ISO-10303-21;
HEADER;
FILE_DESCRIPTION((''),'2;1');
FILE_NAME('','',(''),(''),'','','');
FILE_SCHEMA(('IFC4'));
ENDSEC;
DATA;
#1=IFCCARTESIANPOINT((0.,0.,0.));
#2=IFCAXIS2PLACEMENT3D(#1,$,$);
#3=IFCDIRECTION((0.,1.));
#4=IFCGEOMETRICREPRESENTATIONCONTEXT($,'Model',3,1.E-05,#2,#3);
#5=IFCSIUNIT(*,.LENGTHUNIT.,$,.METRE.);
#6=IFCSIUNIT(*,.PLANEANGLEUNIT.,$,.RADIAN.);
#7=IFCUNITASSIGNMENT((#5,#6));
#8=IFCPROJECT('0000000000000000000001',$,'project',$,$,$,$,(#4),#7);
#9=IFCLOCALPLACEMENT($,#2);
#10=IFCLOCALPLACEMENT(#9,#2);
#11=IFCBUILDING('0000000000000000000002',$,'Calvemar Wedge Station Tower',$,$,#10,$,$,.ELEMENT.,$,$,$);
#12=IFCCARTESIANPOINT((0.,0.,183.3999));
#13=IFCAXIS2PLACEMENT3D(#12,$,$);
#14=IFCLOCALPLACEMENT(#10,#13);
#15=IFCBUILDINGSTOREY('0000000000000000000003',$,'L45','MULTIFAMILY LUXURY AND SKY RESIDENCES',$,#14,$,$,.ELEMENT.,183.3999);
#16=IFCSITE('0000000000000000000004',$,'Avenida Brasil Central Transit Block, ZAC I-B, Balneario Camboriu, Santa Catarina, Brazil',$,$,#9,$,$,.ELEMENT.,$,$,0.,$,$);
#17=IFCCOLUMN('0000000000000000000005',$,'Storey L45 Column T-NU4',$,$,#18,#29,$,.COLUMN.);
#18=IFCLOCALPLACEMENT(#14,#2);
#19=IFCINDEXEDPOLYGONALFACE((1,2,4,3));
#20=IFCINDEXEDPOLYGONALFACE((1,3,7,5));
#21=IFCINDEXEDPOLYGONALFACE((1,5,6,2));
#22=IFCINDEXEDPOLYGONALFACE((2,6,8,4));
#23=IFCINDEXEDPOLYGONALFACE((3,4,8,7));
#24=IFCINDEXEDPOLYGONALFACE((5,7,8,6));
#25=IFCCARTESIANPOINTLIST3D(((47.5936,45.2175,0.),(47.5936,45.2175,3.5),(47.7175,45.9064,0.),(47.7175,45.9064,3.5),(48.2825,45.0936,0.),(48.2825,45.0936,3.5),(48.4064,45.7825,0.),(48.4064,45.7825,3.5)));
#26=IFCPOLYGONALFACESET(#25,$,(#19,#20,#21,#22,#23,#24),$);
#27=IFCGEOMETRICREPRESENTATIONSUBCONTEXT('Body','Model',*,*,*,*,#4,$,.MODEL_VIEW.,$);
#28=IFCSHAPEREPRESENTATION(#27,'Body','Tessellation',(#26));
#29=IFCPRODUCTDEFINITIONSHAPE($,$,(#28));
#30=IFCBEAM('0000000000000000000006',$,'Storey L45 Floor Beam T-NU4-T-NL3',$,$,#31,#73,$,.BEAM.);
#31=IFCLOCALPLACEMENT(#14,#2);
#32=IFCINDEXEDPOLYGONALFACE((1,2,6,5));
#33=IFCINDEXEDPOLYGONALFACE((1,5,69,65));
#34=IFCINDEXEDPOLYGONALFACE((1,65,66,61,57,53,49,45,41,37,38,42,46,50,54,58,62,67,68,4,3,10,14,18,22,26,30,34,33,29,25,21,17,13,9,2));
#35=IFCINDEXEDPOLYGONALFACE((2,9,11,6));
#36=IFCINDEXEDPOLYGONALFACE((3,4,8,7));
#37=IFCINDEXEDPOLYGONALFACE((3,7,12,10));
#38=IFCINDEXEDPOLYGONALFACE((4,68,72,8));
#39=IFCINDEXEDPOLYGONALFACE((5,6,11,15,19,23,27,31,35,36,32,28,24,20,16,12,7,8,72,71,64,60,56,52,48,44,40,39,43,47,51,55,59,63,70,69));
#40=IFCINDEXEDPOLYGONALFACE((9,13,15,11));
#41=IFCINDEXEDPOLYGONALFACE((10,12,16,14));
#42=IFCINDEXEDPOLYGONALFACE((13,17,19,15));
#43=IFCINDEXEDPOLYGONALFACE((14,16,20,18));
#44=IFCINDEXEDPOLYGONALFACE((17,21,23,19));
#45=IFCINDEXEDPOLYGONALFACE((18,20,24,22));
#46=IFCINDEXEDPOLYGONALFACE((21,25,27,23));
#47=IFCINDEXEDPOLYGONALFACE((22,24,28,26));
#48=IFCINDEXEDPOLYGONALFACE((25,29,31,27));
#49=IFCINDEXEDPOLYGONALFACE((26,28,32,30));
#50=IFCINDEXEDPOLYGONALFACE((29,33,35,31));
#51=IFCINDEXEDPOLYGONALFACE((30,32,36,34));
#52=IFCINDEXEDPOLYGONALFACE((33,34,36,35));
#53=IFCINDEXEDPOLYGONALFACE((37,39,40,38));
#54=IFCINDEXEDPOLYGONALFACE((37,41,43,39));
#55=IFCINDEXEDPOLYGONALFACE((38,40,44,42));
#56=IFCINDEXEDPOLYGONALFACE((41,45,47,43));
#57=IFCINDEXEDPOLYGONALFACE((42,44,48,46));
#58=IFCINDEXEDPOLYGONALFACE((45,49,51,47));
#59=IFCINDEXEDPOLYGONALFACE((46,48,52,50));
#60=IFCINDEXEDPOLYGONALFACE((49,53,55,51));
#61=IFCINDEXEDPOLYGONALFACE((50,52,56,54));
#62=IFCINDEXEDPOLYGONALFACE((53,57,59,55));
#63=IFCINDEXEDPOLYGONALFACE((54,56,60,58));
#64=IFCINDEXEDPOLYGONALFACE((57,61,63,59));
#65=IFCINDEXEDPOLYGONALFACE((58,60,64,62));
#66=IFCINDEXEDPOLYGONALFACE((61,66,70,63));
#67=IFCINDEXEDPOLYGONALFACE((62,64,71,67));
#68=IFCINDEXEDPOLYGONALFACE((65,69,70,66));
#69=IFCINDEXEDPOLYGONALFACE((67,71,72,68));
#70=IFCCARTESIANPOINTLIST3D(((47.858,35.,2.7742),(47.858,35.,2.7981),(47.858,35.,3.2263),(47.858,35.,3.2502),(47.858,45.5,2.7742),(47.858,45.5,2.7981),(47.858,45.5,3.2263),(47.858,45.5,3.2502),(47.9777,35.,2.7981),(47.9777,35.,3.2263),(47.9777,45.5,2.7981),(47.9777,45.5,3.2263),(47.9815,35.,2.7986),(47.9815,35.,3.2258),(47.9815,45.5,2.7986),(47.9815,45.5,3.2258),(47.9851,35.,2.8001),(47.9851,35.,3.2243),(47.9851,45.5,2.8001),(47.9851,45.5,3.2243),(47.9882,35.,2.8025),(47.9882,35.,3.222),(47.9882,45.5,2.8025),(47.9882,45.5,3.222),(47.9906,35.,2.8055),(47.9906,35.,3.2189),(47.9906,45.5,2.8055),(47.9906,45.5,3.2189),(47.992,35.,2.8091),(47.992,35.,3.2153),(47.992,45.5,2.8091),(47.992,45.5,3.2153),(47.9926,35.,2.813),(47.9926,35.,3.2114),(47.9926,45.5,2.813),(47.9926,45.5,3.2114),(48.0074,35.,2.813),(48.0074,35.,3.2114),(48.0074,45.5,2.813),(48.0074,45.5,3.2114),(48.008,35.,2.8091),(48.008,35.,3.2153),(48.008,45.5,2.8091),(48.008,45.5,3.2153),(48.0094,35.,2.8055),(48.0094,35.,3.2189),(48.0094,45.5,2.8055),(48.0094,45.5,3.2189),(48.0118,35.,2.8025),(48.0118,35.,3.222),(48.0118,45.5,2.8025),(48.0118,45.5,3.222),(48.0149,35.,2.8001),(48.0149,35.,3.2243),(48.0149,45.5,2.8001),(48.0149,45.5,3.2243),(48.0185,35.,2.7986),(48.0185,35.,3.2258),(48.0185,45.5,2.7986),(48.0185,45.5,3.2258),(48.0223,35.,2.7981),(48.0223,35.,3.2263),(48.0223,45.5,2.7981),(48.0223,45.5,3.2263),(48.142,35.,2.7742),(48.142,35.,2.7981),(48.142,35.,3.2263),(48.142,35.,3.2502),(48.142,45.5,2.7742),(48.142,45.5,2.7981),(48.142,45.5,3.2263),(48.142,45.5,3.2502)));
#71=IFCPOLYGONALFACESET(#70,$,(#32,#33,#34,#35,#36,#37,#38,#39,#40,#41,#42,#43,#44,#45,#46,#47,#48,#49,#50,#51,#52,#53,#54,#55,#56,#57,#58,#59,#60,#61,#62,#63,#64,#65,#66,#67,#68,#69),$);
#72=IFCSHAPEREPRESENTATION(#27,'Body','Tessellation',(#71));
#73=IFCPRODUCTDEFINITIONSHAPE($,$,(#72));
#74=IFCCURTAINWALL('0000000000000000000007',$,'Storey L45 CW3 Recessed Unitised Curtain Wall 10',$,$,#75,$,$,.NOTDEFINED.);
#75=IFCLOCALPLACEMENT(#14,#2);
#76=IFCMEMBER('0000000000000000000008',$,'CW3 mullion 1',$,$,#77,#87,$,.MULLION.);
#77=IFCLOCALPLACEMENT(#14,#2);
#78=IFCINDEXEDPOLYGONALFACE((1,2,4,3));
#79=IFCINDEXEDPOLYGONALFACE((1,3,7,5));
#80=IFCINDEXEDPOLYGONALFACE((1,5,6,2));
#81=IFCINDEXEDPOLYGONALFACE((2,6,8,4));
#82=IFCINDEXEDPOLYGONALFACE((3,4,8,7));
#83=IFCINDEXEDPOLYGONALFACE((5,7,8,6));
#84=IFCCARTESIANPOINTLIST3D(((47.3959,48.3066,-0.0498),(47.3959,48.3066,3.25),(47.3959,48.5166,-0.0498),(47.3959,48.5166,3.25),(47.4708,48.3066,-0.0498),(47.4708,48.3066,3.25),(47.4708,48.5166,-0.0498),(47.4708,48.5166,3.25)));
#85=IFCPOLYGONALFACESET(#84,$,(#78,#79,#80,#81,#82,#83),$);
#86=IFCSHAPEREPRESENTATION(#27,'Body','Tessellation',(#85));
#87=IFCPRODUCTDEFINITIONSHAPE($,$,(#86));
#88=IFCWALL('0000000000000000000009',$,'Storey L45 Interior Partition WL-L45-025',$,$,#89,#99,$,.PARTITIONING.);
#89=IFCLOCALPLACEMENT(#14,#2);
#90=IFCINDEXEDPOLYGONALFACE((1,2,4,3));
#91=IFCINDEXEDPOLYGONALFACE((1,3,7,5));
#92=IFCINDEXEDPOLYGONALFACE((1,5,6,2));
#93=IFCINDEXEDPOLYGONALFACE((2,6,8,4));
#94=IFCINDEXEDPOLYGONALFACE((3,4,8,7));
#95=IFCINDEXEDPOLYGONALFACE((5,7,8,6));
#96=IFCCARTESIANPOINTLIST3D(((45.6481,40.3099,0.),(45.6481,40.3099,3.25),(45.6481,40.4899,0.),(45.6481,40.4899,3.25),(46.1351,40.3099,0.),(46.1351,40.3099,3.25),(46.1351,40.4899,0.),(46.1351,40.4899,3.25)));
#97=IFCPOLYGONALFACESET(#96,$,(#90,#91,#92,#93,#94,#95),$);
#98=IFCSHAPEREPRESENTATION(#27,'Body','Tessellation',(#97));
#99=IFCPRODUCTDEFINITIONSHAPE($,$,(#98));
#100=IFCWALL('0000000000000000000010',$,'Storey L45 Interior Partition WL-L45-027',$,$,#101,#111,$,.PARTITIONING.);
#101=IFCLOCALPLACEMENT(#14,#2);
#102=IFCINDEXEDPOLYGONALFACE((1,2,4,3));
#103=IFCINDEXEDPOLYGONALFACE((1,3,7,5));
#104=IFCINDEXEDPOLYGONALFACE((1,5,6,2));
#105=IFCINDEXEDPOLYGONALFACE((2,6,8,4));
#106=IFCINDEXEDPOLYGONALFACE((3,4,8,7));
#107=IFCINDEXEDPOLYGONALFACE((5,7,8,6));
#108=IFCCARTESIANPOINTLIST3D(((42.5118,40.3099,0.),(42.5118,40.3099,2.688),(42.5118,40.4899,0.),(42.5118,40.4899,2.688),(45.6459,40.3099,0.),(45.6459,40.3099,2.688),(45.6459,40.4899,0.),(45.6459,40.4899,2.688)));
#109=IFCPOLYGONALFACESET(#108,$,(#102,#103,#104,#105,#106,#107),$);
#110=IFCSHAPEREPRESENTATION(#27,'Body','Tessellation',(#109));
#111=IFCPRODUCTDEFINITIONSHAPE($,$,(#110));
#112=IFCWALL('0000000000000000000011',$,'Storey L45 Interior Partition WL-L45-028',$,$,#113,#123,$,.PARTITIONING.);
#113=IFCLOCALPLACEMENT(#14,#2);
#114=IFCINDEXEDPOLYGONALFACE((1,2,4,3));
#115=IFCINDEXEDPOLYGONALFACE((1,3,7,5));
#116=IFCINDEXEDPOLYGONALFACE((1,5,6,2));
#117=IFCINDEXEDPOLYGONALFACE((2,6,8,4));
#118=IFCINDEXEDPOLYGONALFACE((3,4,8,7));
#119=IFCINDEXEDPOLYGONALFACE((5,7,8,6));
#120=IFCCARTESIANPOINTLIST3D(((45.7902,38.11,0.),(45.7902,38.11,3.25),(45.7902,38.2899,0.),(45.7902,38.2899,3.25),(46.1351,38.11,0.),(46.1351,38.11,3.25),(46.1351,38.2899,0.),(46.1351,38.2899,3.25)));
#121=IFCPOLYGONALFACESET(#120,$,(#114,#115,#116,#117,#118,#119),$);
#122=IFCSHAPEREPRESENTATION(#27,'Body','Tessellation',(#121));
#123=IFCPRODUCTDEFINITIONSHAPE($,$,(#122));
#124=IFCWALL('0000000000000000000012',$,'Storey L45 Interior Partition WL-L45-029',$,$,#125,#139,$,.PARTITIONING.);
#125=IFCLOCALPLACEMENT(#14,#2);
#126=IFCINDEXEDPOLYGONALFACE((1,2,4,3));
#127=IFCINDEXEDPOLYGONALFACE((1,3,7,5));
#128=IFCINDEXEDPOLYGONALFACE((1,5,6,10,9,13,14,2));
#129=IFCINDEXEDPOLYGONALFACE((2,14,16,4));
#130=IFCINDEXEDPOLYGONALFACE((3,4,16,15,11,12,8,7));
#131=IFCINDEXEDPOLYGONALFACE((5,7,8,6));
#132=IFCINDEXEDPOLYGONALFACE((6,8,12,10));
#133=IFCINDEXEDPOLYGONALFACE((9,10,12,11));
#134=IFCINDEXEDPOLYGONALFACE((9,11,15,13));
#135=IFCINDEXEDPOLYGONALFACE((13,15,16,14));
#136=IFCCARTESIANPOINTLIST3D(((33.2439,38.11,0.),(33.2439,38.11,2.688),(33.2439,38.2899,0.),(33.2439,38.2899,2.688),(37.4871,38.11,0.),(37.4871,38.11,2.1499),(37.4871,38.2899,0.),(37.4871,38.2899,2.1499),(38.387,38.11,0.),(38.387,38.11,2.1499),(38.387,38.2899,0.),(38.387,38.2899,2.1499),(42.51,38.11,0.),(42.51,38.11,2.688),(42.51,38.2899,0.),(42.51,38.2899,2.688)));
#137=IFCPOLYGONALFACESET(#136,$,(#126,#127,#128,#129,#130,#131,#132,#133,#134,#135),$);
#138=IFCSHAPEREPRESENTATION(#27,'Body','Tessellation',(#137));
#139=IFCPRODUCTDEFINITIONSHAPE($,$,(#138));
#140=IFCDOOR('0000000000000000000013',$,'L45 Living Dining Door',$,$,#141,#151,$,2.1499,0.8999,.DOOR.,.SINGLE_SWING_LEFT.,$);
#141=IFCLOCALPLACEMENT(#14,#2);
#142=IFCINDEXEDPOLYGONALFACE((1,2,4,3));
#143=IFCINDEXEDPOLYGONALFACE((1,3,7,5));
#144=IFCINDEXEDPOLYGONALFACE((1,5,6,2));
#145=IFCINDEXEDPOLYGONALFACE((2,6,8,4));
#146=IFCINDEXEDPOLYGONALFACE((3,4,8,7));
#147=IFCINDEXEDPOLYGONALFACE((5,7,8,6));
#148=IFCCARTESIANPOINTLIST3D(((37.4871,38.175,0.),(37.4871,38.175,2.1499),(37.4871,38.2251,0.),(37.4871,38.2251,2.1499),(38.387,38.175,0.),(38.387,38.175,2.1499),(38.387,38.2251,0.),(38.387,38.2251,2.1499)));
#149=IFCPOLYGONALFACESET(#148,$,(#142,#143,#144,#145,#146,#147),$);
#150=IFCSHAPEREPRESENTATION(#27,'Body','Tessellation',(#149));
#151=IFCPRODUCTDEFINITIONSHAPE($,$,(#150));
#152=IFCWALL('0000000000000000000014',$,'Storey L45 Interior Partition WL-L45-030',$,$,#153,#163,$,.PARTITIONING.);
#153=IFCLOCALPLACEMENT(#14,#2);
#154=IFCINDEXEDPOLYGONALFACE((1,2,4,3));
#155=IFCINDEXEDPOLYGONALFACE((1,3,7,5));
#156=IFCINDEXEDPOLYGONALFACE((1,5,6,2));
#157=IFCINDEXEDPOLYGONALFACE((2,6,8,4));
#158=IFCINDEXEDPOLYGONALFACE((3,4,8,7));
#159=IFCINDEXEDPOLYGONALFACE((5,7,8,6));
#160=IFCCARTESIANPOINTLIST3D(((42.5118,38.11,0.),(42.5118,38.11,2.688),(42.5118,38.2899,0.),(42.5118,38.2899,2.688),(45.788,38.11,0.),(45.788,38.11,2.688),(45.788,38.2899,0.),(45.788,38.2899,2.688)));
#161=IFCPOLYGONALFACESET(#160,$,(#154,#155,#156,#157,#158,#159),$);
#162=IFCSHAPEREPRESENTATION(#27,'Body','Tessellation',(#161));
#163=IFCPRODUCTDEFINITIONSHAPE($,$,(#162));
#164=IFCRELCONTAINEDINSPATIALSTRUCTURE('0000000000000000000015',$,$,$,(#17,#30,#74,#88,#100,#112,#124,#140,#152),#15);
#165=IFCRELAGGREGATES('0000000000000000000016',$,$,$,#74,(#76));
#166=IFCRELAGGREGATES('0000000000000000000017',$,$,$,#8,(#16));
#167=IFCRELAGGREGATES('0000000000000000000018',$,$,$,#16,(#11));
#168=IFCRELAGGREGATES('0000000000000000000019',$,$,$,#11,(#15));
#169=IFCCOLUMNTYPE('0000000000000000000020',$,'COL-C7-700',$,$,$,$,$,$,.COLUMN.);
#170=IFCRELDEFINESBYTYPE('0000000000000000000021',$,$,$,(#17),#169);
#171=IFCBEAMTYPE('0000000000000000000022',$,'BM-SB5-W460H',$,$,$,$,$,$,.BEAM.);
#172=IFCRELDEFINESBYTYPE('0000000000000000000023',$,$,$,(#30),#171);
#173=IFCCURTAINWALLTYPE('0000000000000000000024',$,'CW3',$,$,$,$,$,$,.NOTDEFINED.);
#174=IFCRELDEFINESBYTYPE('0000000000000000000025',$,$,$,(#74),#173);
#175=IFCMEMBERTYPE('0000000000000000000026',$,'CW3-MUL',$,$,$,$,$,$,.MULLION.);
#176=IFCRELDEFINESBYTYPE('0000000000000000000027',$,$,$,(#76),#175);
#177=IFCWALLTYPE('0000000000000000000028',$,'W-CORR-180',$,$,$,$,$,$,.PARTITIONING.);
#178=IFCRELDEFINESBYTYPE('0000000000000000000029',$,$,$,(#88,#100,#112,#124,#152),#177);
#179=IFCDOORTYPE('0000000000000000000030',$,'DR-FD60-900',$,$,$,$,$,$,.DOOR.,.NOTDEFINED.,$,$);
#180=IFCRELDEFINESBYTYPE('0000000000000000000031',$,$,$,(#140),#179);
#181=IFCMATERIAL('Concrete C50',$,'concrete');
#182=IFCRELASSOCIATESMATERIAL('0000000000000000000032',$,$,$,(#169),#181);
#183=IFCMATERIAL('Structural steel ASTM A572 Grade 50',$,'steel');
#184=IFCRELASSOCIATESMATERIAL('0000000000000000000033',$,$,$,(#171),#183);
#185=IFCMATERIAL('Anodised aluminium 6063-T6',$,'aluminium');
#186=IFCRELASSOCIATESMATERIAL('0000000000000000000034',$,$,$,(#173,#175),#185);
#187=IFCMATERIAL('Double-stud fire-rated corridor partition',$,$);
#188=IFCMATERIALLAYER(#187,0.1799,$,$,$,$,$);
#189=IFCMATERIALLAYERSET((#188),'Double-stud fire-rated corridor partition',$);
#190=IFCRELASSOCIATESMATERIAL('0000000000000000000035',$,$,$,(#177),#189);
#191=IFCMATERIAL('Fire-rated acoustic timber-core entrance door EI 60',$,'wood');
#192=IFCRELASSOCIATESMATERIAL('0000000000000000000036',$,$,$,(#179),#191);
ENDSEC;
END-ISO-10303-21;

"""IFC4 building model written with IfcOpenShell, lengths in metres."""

from ifc_helpers import new_model, si_unit, direction, frame, frame_2d, origin, origin_2d, place, context, subcontext, project, spatial, rectangle, i_section, extrude, source, transform, mapped, material, layer, layer_set, material_profile, profile_set, type_object, element, fill, aggregate, save


model = new_model("IFC4")

# Units and contexts
model_context = context("Model", 3, precision=1e-05, world=origin(), true_north=direction((0.0, 1.0)))
body_context = subcontext(model_context, "Body", "Model", "MODEL_VIEW")
ifc_project = project(units=[si_unit("LENGTHUNIT", "METRE"), si_unit("PLANEANGLEUNIT", "RADIAN")], contexts=[model_context])

# Site, building, storey
site_placement = place(None, origin())
site = spatial("IfcSite", under=ifc_project, at=site_placement, Name="Avenida Brasil Central Transit Block, ZAC I-B, Balneario Camboriu, Santa Catarina, Brazil", CompositionType="ELEMENT", RefElevation=0.0)
building_placement = place(site_placement, origin())
building = spatial("IfcBuilding", under=site, at=building_placement, Name="Calvemar Wedge Station Tower", CompositionType="ELEMENT")
storey_placement = place(building_placement, frame((0.0, 0.0, 183.3999)))
storey = spatial("IfcBuildingStorey", under=building, at=storey_placement, Name="L45", Description="MULTIFAMILY LUXURY AND SKY RESIDENCES", CompositionType="ELEMENT", Elevation=183.3999)

# Column
ifc_material_1 = material(Name="Concrete C50", Category="concrete")
ifc_material_profile_1 = material_profile(ifc_material_1, rectangle(XDim=0.7, YDim=0.7, at=origin_2d()), Name="RC700x700")
ifc_profile_set_1 = profile_set([ifc_material_profile_1], Name="Concrete C50")
column_type = type_object("IfcColumnType", Name="COL-C7-700", PredefinedType="COLUMN", material=ifc_profile_set_1)
shared_shape_1 = source(origin(), body_context, "Body", "SweptSolid", [
    extrude(rectangle(XDim=0.7, YDim=0.7, at=origin_2d()), origin(), (0.0, 0.0, 1.0), 3.5),
])
column_placement = place(storey_placement, frame((48.0, 45.5, 0.0), z_axis=(0.0, 0.0, 1.0), x_axis=(0.984196, -0.177085, 0.0)))
element("IfcColumn", 1, at=column_placement, inside=storey, type_object=column_type, Name="Storey L45 Column T-NU4", PredefinedType="COLUMN", context=body_context, shape_type="MappedRepresentation", body=[
    mapped(shared_shape_1, transform((0.0, 0.0, 0.0), scale=1.0)),
])

# Beam
ifc_material_2 = material(Name="Structural steel ASTM A572 Grade 50", Category="steel")
ifc_material_profile_2 = material_profile(ifc_material_2, i_section(OverallWidth=0.2839, OverallDepth=0.4761, WebThickness=0.0149, FlangeThickness=0.0239, FilletRadius=0.0149, at=origin_2d()), Name="W460x158")
ifc_profile_set_2 = profile_set([ifc_material_profile_2], Name="Structural steel ASTM A572 Grade 50")
beam_type = type_object("IfcBeamType", Name="BM-SB5-W460H", PredefinedType="BEAM", material=ifc_profile_set_2)
shared_shape_2 = source(origin(), body_context, "Body", "SweptSolid", [
    extrude(i_section(OverallWidth=0.2839, OverallDepth=0.4761, WebThickness=0.0149, FlangeThickness=0.0239, FilletRadius=0.0149, at=origin_2d()), origin(), (0.0, 0.0, 1.0), 10.5),
])
beam_placement = place(storey_placement, frame((48.0, 45.5, 3.0122), z_axis=(0.0, -1.0, 0.0), x_axis=(1.0, 0.0, 0.0)))
element("IfcBeam", 2, at=beam_placement, inside=storey, type_object=beam_type, Name="Storey L45 Floor Beam T-NU4-T-NL3", PredefinedType="BEAM", context=body_context, shape_type="MappedRepresentation", body=[
    mapped(shared_shape_2, transform((0.0, 0.0, 0.0), scale=1.0)),
])

# Curtain wall, member
ifc_material_3 = material(Name="Anodised aluminium 6063-T6", Category="aluminium")
curtain_wall_type = type_object("IfcCurtainWallType", Name="CW3", PredefinedType="NOTDEFINED", material=ifc_material_3)
curtain_wall_placement = place(storey_placement, origin())
curtain_wall = element("IfcCurtainWall", 3, at=curtain_wall_placement, inside=storey, type_object=curtain_wall_type, Name="Storey L45 CW3 Recessed Unitised Curtain Wall 10", PredefinedType="NOTDEFINED")
ifc_material_profile_3 = material_profile(ifc_material_3, rectangle(XDim=0.075, YDim=0.21, at=origin_2d()), Name="AL-MUL-75x210")
ifc_profile_set_3 = profile_set([ifc_material_profile_3], Name="Anodised aluminium 6063-T6")
member_type = type_object("IfcMemberType", Name="CW3-MUL", PredefinedType="MULLION", material=ifc_profile_set_3)
shared_shape_3 = source(origin(), body_context, "Body", "SweptSolid", [
    extrude(rectangle(XDim=0.075, YDim=0.21, at=origin_2d()), origin(), (0.0, 0.0, 1.0), 3.2998),
])
member_placement = place(storey_placement, frame((47.4333, 48.4116, -0.0498), z_axis=(0.0, 0.0, 1.0), x_axis=(1.0, 0.0, 0.0)))
member = element("IfcMember", 4, at=member_placement, type_object=member_type, Name="CW3 mullion 1", PredefinedType="MULLION", context=body_context, shape_type="MappedRepresentation", body=[
    mapped(shared_shape_3, transform((0.0, 0.0, 0.0), scale=1.0)),
])
aggregate(curtain_wall, [member])

# Walls
ifc_material_4 = material(Name="Double-stud fire-rated corridor partition")
ifc_layer_1 = layer(ifc_material_4, 0.1799)
ifc_layer_set_1 = layer_set([ifc_layer_1], Name="Double-stud fire-rated corridor partition")
wall_type_1 = type_object("IfcWallType", Name="W-CORR-180", PredefinedType="PARTITIONING", material=ifc_layer_set_1)
wall_1_placement = place(storey_placement, frame((45.6479, 40.3999, 0.0), z_axis=(0.0, 0.0, 1.0), x_axis=(1.0, 0.0, 0.0)))
element("IfcWall", 5, at=wall_1_placement, inside=storey, type_object=wall_type_1, Name="Storey L45 Interior Partition WL-L45-025", PredefinedType="PARTITIONING", context=body_context, shape_type="SweptSolid", body=[
    extrude(rectangle(XDim=0.4871, YDim=0.1799, at=frame_2d((0.2437, 0.0))), origin(), (0.0, 0.0, 1.0), 3.25),
])
wall_2_placement = place(storey_placement, frame((42.512, 40.3999, 0.0), z_axis=(0.0, 0.0, 1.0), x_axis=(1.0, 0.0, 0.0)))
element("IfcWall", 6, at=wall_2_placement, inside=storey, type_object=wall_type_1, Name="Storey L45 Interior Partition WL-L45-027", PredefinedType="PARTITIONING", context=body_context, shape_type="SweptSolid", body=[
    extrude(rectangle(XDim=3.134, YDim=0.1799, at=frame_2d((1.5669, 0.0))), origin(), (0.0, 0.0, 1.0), 2.688),
])
wall_3_placement = place(storey_placement, frame((46.135, 38.2, 0.0), z_axis=(0.0, 0.0, 1.0), x_axis=(-1.0, 0.0, 0.0)))
element("IfcWall", 7, at=wall_3_placement, inside=storey, type_object=wall_type_1, Name="Storey L45 Interior Partition WL-L45-028", PredefinedType="PARTITIONING", context=body_context, shape_type="SweptSolid", body=[
    extrude(rectangle(XDim=0.345, YDim=0.1799, at=frame_2d((0.1724, 0.0))), origin(), (0.0, 0.0, 1.0), 3.25),
])

# Wall, opening, door
wall_4_placement = place(storey_placement, frame((42.51, 38.2, 0.0), z_axis=(0.0, 0.0, 1.0), x_axis=(-1.0, 0.0, 0.0)))
wall_4 = element("IfcWall", 8, at=wall_4_placement, inside=storey, type_object=wall_type_1, Name="Storey L45 Interior Partition WL-L45-029", PredefinedType="PARTITIONING", context=body_context, shape_type="SweptSolid", body=[
    extrude(rectangle(XDim=9.2661, YDim=0.1799, at=frame_2d((4.6331, 0.0))), origin(), (0.0, 0.0, 1.0), 2.688),
])
shared_shape_4 = source(origin(), body_context, "Body", "SweptSolid", [
    extrude(rectangle(XDim=0.8999, YDim=2.1499, at=frame_2d((0.45, 1.075))), frame((0.0, 0.1001, 0.0), z_axis=(0.0, -1.0, 0.0), x_axis=(1.0, 0.0, 0.0)), (0.0, 0.0, 1.0), 0.2),
])
opening_1_placement = place(wall_4_placement, frame((4.123, 0.0, 0.0)))
opening_1 = element("IfcOpeningElement", 9, at=opening_1_placement, cuts=wall_4, PredefinedType="OPENING", context=body_context, shape_type="MappedRepresentation", body=[
    mapped(shared_shape_4, transform((0.0, 0.0, 0.0), scale=1.0)),
])
ifc_material_5 = material(Name="Fire-rated acoustic timber-core entrance door EI 60", Category="wood")
door_type_1 = type_object("IfcDoorType", Name="DR-FD60-900", OperationType="NOTDEFINED", PredefinedType="DOOR", material=ifc_material_5)
shared_shape_5 = source(origin(), body_context, "Body", "SweptSolid", [
    extrude(rectangle(XDim=0.8999, YDim=2.1499, at=frame_2d((0.45, 1.075))), frame((0.0, 0.0249, 0.0), z_axis=(0.0, -1.0, 0.0), x_axis=(1.0, 0.0, 0.0)), (0.0, 0.0, 1.0), 0.05),
])
door_1_placement = place(opening_1_placement, origin())
door_1 = element("IfcDoor", 10, at=door_1_placement, inside=storey, type_object=door_type_1, Name="L45 Living Dining Door", OperationType="SINGLE_SWING_LEFT", OverallHeight=2.1499, OverallWidth=0.8999, PredefinedType="DOOR", context=body_context, shape_type="MappedRepresentation", body=[
    mapped(shared_shape_5, transform((0.0, 0.0, 0.0), scale=1.0)),
])
fill(opening_1, door_1)

# Wall
wall_5_placement = place(storey_placement, frame((45.7881, 38.2, 0.0), z_axis=(0.0, 0.0, 1.0), x_axis=(-1.0, 0.0, 0.0)))
element("IfcWall", 11, at=wall_5_placement, inside=storey, type_object=wall_type_1, Name="Storey L45 Interior Partition WL-L45-030", PredefinedType="PARTITIONING", context=body_context, shape_type="SweptSolid", body=[
    extrude(rectangle(XDim=3.2761, YDim=0.1799, at=frame_2d((1.6382, 0.0))), origin(), (0.0, 0.0, 1.0), 2.688),
])

save(model, "model.ifc")
